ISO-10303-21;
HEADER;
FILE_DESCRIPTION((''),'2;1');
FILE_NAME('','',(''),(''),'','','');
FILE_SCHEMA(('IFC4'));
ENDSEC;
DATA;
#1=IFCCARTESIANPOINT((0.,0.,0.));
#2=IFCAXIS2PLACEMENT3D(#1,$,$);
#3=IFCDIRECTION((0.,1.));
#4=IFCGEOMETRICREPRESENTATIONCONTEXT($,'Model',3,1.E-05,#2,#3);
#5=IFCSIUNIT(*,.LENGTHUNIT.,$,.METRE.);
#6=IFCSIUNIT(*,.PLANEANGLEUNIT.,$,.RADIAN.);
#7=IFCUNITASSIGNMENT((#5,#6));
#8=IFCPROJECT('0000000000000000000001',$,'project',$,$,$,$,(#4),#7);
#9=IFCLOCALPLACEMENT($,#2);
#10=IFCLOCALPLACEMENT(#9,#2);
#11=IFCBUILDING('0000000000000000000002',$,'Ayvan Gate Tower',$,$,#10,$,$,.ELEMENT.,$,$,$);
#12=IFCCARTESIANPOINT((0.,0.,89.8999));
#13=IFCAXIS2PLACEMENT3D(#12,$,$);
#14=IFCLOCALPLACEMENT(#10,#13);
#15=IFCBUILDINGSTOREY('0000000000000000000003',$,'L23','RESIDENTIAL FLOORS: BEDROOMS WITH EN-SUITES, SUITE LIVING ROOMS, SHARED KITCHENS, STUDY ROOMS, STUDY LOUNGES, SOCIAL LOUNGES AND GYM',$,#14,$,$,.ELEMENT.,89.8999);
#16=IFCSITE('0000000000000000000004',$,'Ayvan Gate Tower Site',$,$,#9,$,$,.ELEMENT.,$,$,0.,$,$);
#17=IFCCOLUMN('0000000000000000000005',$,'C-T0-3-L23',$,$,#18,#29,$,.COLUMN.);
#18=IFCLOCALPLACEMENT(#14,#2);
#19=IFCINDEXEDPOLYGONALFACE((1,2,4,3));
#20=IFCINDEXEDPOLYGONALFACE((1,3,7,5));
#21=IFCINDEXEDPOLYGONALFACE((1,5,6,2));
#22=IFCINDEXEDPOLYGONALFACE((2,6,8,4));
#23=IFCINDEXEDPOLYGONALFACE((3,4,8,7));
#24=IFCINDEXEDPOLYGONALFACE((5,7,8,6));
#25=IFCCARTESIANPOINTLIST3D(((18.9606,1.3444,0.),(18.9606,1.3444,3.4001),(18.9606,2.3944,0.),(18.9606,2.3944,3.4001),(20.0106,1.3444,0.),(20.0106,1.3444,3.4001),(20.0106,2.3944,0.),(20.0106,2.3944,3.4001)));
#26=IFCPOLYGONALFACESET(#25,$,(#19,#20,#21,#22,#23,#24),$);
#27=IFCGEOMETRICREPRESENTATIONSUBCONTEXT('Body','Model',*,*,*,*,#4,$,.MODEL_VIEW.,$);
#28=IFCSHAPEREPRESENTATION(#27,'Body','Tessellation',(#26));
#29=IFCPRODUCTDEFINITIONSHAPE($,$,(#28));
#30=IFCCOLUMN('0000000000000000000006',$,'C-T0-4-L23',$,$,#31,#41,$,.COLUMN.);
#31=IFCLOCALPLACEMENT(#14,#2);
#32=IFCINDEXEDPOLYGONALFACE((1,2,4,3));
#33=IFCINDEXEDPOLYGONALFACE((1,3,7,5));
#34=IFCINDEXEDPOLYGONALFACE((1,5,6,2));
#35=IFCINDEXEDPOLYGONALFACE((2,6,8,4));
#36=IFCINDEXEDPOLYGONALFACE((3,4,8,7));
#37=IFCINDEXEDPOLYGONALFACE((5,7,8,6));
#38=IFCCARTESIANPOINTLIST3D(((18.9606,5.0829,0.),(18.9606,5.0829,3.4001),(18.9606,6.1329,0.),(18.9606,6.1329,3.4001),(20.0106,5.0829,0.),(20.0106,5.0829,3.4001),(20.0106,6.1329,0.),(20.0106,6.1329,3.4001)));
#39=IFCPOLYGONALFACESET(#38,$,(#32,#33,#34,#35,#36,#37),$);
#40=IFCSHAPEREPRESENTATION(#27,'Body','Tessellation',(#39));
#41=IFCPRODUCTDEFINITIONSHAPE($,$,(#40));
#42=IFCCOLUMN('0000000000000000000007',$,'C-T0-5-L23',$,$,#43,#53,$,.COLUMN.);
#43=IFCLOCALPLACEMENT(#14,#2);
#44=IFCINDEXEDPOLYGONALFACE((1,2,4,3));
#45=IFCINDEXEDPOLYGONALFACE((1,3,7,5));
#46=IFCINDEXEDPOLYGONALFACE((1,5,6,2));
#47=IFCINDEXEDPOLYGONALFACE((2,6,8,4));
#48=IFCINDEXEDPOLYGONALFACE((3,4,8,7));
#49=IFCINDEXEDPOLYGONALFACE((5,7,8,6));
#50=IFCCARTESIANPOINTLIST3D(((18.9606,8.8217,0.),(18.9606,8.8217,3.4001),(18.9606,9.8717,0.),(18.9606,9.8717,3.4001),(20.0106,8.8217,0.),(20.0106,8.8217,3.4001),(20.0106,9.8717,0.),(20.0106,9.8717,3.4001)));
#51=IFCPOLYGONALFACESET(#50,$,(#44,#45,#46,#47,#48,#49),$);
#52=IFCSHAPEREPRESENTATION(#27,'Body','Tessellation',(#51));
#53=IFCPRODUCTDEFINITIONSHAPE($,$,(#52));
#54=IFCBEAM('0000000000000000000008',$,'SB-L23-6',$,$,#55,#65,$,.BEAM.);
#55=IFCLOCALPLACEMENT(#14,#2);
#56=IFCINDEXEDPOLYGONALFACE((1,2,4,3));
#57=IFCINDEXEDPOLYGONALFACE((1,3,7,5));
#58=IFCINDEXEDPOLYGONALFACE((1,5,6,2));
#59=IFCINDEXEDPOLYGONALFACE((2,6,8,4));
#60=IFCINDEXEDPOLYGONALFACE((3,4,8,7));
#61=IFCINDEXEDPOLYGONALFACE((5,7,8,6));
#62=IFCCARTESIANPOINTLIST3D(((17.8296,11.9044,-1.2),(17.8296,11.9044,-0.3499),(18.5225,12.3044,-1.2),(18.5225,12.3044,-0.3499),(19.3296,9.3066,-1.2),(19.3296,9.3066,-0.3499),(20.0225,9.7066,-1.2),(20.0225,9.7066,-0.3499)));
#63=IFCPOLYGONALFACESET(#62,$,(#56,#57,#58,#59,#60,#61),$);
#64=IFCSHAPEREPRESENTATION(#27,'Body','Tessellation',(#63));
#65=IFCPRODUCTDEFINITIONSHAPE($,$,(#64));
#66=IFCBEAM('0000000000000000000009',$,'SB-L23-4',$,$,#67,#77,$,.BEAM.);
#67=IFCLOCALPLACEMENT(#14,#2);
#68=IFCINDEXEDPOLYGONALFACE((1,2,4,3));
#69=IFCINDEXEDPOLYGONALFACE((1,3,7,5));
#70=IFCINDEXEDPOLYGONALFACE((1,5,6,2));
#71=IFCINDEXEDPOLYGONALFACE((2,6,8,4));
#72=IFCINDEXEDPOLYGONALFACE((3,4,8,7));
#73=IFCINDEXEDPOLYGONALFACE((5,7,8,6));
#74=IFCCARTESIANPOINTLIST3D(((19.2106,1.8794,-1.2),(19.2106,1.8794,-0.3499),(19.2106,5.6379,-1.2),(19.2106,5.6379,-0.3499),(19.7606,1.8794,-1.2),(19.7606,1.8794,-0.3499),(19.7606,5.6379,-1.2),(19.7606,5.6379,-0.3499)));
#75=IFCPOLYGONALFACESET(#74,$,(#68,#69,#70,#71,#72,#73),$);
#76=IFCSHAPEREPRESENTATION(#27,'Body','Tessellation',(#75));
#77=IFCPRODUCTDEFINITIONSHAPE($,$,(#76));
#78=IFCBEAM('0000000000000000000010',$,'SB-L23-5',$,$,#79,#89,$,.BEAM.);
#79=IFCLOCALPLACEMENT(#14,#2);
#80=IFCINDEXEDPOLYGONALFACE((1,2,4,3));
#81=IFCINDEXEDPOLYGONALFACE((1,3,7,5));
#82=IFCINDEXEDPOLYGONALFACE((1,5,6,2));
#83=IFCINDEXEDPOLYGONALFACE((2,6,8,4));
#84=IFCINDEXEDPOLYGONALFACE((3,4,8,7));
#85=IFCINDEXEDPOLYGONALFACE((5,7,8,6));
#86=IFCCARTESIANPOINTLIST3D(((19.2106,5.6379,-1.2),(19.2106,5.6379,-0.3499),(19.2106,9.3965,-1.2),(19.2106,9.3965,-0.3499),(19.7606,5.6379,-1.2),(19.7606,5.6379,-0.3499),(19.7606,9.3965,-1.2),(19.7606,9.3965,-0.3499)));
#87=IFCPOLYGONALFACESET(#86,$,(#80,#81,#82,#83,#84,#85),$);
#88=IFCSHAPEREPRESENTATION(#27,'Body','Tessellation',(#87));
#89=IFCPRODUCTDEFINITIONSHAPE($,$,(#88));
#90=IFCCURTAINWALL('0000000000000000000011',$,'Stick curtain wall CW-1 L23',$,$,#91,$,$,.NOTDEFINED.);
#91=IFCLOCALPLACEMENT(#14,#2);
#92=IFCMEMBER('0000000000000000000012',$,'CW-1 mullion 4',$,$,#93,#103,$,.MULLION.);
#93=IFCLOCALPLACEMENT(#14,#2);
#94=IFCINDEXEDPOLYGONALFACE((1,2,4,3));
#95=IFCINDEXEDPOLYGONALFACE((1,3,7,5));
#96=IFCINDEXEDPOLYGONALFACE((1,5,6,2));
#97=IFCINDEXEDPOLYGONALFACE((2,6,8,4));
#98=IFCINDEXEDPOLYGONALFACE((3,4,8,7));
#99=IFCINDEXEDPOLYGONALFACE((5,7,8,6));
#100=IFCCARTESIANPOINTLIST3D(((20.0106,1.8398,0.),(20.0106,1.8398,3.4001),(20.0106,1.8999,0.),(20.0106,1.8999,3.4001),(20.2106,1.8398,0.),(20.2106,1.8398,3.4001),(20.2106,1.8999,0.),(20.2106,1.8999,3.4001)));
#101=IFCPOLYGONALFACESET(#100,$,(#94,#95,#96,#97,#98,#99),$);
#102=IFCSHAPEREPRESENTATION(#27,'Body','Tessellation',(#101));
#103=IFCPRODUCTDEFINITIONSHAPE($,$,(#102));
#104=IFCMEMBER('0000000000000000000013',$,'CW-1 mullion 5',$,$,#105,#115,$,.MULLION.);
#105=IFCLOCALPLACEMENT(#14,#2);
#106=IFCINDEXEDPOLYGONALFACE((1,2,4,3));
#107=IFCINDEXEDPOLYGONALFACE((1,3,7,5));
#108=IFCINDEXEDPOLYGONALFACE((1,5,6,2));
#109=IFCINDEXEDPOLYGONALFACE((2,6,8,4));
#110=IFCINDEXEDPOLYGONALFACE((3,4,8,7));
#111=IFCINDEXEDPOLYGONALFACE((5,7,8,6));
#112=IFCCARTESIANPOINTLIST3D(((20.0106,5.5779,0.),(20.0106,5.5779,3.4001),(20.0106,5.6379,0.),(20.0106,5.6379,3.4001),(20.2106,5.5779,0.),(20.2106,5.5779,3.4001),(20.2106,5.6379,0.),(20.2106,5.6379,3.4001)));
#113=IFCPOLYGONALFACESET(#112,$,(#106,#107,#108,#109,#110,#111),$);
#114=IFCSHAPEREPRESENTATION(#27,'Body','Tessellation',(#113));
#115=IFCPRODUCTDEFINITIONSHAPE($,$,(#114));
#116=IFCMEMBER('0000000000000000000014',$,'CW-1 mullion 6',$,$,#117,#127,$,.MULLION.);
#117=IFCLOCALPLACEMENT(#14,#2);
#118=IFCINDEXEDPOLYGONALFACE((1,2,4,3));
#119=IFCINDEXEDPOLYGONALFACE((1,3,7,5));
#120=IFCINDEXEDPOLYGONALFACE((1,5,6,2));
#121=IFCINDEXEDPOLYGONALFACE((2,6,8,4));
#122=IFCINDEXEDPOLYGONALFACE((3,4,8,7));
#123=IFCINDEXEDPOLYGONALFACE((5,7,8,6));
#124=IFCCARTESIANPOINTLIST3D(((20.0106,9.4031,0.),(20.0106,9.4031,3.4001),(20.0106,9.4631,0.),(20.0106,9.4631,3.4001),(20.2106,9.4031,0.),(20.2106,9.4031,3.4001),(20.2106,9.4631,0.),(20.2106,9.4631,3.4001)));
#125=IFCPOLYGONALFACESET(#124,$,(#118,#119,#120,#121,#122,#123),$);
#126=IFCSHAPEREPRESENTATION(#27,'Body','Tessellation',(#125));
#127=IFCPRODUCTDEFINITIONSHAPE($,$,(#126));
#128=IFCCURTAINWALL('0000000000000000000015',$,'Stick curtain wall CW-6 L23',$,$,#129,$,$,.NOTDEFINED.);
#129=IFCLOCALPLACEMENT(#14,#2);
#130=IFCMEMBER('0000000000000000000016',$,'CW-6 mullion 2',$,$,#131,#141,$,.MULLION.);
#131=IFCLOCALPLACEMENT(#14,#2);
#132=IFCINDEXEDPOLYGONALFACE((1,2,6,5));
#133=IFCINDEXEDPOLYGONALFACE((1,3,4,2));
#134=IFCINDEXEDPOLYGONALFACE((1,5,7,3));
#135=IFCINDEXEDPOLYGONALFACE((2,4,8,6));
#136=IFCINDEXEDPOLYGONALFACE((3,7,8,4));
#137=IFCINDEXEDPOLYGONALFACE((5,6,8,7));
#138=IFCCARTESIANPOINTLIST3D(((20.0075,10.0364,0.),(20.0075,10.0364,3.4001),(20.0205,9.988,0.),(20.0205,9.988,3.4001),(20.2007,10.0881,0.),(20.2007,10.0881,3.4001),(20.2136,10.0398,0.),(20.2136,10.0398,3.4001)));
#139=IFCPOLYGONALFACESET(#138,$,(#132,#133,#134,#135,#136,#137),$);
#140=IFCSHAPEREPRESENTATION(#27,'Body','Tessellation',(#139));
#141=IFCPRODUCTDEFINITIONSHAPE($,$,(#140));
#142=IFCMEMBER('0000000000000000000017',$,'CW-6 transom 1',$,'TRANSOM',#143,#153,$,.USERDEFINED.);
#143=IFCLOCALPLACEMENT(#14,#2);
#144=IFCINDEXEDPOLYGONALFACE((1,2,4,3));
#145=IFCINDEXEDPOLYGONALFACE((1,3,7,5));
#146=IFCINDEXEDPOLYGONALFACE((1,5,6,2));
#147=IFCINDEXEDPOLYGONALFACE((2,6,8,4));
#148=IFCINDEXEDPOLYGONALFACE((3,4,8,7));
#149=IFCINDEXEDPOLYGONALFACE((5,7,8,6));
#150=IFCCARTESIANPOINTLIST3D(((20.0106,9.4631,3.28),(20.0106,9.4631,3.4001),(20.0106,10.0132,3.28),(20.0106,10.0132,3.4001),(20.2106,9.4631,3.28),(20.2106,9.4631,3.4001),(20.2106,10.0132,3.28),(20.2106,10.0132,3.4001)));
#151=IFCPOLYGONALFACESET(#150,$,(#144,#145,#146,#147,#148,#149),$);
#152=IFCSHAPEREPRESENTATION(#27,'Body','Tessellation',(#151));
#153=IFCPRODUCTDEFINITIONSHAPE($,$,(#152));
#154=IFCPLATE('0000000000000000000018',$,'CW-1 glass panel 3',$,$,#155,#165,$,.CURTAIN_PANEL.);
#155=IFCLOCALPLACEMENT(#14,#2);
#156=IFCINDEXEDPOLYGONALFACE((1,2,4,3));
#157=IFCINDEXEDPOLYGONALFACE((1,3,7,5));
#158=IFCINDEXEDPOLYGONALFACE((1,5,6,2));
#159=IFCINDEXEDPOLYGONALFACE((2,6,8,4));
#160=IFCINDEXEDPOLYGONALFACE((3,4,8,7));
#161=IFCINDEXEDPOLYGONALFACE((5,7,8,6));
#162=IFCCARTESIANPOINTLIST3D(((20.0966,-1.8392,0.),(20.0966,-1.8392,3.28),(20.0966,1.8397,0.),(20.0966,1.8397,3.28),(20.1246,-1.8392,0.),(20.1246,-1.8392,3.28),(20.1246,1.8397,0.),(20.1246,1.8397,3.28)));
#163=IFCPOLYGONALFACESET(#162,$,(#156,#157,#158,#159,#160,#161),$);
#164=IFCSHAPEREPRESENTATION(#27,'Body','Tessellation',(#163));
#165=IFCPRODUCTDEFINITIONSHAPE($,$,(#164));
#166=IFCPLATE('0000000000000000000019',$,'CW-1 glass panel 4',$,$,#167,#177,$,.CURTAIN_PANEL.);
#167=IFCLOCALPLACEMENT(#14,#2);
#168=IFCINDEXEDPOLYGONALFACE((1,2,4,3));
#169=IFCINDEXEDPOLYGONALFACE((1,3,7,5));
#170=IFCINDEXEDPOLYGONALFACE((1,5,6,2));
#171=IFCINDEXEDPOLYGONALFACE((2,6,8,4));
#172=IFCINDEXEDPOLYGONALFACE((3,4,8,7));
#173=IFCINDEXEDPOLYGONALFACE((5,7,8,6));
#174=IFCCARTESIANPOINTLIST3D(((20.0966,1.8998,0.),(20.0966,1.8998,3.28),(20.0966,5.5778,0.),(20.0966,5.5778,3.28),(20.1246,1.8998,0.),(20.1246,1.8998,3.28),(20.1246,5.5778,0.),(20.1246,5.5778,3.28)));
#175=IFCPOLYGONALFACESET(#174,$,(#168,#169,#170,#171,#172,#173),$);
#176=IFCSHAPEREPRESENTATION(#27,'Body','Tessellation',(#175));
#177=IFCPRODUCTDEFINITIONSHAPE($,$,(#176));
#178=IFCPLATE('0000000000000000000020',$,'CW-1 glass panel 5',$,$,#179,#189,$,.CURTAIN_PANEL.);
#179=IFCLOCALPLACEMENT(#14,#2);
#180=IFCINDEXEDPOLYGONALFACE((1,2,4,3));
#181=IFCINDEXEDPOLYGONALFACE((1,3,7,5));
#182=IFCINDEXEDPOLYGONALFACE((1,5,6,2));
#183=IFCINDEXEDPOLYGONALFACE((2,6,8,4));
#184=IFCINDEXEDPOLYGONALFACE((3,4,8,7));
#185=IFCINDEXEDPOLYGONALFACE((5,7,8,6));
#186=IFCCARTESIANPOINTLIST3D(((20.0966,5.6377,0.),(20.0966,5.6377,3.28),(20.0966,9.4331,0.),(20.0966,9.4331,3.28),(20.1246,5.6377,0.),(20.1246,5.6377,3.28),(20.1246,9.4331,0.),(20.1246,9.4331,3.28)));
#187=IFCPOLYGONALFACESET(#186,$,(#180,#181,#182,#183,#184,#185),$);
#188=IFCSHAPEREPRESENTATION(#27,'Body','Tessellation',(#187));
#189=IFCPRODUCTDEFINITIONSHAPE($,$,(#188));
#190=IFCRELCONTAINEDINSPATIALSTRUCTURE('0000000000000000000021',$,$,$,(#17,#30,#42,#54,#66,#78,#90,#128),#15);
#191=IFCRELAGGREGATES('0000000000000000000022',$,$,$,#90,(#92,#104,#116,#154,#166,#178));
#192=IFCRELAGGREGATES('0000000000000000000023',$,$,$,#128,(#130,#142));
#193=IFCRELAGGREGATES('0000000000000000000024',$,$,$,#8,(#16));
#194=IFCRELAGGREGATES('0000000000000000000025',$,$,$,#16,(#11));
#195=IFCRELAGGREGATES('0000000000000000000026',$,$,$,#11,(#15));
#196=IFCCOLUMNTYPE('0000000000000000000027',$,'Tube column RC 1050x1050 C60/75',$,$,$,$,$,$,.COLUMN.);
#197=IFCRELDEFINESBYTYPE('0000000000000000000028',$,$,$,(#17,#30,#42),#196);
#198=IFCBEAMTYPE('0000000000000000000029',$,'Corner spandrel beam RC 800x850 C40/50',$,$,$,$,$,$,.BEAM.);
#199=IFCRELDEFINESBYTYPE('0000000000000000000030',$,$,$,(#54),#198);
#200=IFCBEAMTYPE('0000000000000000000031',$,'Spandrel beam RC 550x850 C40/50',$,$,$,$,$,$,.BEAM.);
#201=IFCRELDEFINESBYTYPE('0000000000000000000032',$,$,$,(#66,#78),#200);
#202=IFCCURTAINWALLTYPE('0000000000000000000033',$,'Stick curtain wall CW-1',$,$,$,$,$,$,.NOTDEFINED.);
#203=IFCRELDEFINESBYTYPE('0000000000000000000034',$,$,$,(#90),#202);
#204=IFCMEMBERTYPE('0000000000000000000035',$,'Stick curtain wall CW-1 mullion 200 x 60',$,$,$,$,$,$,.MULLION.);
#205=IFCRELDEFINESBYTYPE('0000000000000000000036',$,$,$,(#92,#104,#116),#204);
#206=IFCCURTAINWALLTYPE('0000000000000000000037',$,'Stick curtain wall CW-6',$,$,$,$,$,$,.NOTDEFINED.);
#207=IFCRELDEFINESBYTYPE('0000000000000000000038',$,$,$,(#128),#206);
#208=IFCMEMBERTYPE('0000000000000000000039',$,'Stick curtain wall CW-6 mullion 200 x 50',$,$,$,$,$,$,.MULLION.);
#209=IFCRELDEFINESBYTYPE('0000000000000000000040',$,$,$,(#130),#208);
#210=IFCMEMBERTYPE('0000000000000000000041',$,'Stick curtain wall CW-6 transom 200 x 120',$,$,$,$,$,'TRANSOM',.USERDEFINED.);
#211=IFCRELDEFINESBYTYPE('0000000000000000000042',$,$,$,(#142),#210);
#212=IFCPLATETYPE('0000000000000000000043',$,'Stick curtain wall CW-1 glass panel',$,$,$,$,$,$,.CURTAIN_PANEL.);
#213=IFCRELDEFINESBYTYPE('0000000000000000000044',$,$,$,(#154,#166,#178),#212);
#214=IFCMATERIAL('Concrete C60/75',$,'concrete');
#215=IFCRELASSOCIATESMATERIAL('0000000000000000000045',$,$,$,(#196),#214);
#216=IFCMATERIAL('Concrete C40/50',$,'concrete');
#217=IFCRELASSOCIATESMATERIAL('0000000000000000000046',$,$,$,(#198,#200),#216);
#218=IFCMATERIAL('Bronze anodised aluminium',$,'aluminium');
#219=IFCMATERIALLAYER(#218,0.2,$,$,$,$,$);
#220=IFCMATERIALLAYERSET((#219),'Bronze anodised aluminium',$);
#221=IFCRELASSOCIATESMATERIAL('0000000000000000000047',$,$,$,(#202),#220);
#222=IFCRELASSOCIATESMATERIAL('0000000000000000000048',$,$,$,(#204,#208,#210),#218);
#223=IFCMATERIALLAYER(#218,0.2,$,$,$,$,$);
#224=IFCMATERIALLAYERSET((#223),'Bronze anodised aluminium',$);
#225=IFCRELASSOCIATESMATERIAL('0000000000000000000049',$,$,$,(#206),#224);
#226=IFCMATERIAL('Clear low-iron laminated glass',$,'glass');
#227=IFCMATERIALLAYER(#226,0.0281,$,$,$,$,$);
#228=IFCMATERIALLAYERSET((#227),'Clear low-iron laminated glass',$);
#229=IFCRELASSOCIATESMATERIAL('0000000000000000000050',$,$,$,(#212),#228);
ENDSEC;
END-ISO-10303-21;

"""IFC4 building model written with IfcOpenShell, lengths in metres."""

from ifc_helpers import new_model, si_unit, direction, frame, origin, origin_2d, place, context, subcontext, project, spatial, rectangle, extrude, material, layer, layer_set, material_profile, profile_set, type_object, element, aggregate, save


model = new_model("IFC4")

# Units and contexts
model_context = context("Model", 3, precision=1e-05, world=origin(), true_north=direction((0.0, 1.0)))
body_context = subcontext(model_context, "Body", "Model", "MODEL_VIEW")
ifc_project = project(units=[si_unit("LENGTHUNIT", "METRE"), si_unit("PLANEANGLEUNIT", "RADIAN")], contexts=[model_context])

# Site, building, storey
site_placement = place(None, origin())
site = spatial("IfcSite", under=ifc_project, at=site_placement, Name="Ayvan Gate Tower Site", CompositionType="ELEMENT", RefElevation=0.0)
building_placement = place(site_placement, origin())
building = spatial("IfcBuilding", under=site, at=building_placement, Name="Ayvan Gate Tower", CompositionType="ELEMENT")
storey_placement = place(building_placement, frame((0.0, 0.0, 89.8999)))
storey = spatial("IfcBuildingStorey", under=building, at=storey_placement, Name="L23", Description="RESIDENTIAL FLOORS: BEDROOMS WITH EN-SUITES, SUITE LIVING ROOMS, SHARED KITCHENS, STUDY ROOMS, STUDY LOUNGES, SOCIAL LOUNGES AND GYM", CompositionType="ELEMENT", Elevation=89.8999)

# Columns
ifc_material_1 = material(Name="Concrete C60/75", Category="concrete")
ifc_material_profile_1 = material_profile(ifc_material_1, rectangle(XDim=1.05, YDim=1.05, at=origin_2d()), Name="RC 1050x1050")
ifc_profile_set_1 = profile_set([ifc_material_profile_1], Name="Concrete C60/75")
column_type = type_object("IfcColumnType", Name="Tube column RC 1050x1050 C60/75", PredefinedType="COLUMN", material=ifc_profile_set_1)
for number, where, z_axis, x_axis, name in (
    (1, (19.4856, 1.8694, 0.0), (0.0, 0.0, 1.0), (1.0, 0.0, 0.0), "C-T0-3-L23"),
    (2, (19.4856, 5.6079, 0.0), (0.0, 0.0, 1.0), (1.0, 0.0, 0.0), "C-T0-4-L23"),
    (3, (19.4856, 9.3467, 0.0), (0.0, 0.0, 1.0), (1.0, 0.0, 0.0), "C-T0-5-L23"),
):
    element("IfcColumn", number, at=place(storey_placement, frame(where, z_axis=z_axis, x_axis=x_axis)), inside=storey, type_object=column_type, Name=name, PredefinedType="COLUMN", context=body_context, shape_type="SweptSolid", body=[
        extrude(rectangle(XDim=1.05, YDim=1.05, at=origin_2d()), origin(), (0.0, 0.0, 1.0), 3.4001),
    ])

# Beams
ifc_material_2 = material(Name="Concrete C40/50", Category="concrete")
ifc_material_profile_2 = material_profile(ifc_material_2, rectangle(XDim=0.8, YDim=0.8501, at=origin_2d()), Name="RC 800x850")
ifc_profile_set_2 = profile_set([ifc_material_profile_2], Name="Concrete C40/50")
beam_type_1 = type_object("IfcBeamType", Name="Corner spandrel beam RC 800x850 C40/50", PredefinedType="BEAM", material=ifc_profile_set_2)
beam_placement = place(storey_placement, frame((19.676, 9.5066, -0.7749), z_axis=(-0.500025, 0.866011, 0.0), x_axis=(-0.866011, -0.500025, 0.0)))
element("IfcBeam", 4, at=beam_placement, inside=storey, type_object=beam_type_1, Name="SB-L23-6", PredefinedType="BEAM", context=body_context, shape_type="SweptSolid", body=[
    extrude(rectangle(XDim=0.8, YDim=0.8501, at=origin_2d()), origin(), (0.0, 0.0, 1.0), 2.9998),
])
ifc_material_profile_3 = material_profile(ifc_material_2, rectangle(XDim=0.55, YDim=0.8501, at=origin_2d()), Name="RC 550x850")
ifc_profile_set_3 = profile_set([ifc_material_profile_3], Name="Concrete C40/50")
beam_type_2 = type_object("IfcBeamType", Name="Spandrel beam RC 550x850 C40/50", PredefinedType="BEAM", material=ifc_profile_set_3)
for number, where, z_axis, x_axis, name in (
    (5, (19.4856, 1.8794, -0.7749), (0.0, 1.0, 0.0), (-1.0, 0.0, 0.0), "SB-L23-4"),
    (6, (19.4856, 5.6379, -0.7749), (0.0, 1.0, 0.0), (-1.0, 0.0, 0.0), "SB-L23-5"),
):
    element("IfcBeam", number, at=place(storey_placement, frame(where, z_axis=z_axis, x_axis=x_axis)), inside=storey, type_object=beam_type_2, Name=name, PredefinedType="BEAM", context=body_context, shape_type="SweptSolid", body=[
        extrude(rectangle(XDim=0.55, YDim=0.8501, at=origin_2d()), origin(), (0.0, 0.0, 1.0), 3.7585),
    ])

# Curtain walls, members
ifc_material_3 = material(Name="Bronze anodised aluminium", Category="aluminium")
ifc_layer_1 = layer(ifc_material_3, 0.2)
ifc_layer_set_1 = layer_set([ifc_layer_1], Name="Bronze anodised aluminium")
curtain_wall_type_1 = type_object("IfcCurtainWallType", Name="Stick curtain wall CW-1", PredefinedType="NOTDEFINED", material=ifc_layer_set_1)
curtain_wall_1_placement = place(storey_placement, origin())
curtain_wall_1 = element("IfcCurtainWall", 7, at=curtain_wall_1_placement, inside=storey, type_object=curtain_wall_type_1, Name="Stick curtain wall CW-1 L23", PredefinedType="NOTDEFINED")
ifc_material_profile_4 = material_profile(ifc_material_3, rectangle(XDim=0.2, YDim=0.0601, at=origin_2d()), Name="Stick curtain wall CW-1 mullion 200 x 60")
ifc_profile_set_4 = profile_set([ifc_material_profile_4], Name="Bronze anodised aluminium")
member_type_1 = type_object("IfcMemberType", Name="Stick curtain wall CW-1 mullion 200 x 60", PredefinedType="MULLION", material=ifc_profile_set_4)
member_1_placement = place(storey_placement, frame((20.1106, 1.8699, 0.0), z_axis=(0.0, 0.0, 1.0), x_axis=(1.0, 0.0, 0.0)))
member_1 = element("IfcMember", 8, at=member_1_placement, type_object=member_type_1, Name="CW-1 mullion 4", PredefinedType="MULLION", context=body_context, shape_type="SweptSolid", body=[
    extrude(rectangle(XDim=0.2, YDim=0.0601, at=origin_2d()), origin(), (0.0, 0.0, 1.0), 3.4001),
])
member_2_placement = place(storey_placement, frame((20.1106, 5.6079, 0.0), z_axis=(0.0, 0.0, 1.0), x_axis=(1.0, 0.0, 0.0)))
member_2 = element("IfcMember", 9, at=member_2_placement, type_object=member_type_1, Name="CW-1 mullion 5", PredefinedType="MULLION", context=body_context, shape_type="SweptSolid", body=[
    extrude(rectangle(XDim=0.2, YDim=0.0601, at=origin_2d()), origin(), (0.0, 0.0, 1.0), 3.4001),
])
member_3_placement = place(storey_placement, frame((20.1106, 9.4331, 0.0), z_axis=(0.0, 0.0, 1.0), x_axis=(1.0, 0.0, 0.0)))
member_3 = element("IfcMember", 10, at=member_3_placement, type_object=member_type_1, Name="CW-1 mullion 6", PredefinedType="MULLION", context=body_context, shape_type="SweptSolid", body=[
    extrude(rectangle(XDim=0.2, YDim=0.0601, at=origin_2d()), origin(), (0.0, 0.0, 1.0), 3.4001),
])
ifc_layer_2 = layer(ifc_material_3, 0.2)
ifc_layer_set_2 = layer_set([ifc_layer_2], Name="Bronze anodised aluminium")
curtain_wall_type_2 = type_object("IfcCurtainWallType", Name="Stick curtain wall CW-6", PredefinedType="NOTDEFINED", material=ifc_layer_set_2)
curtain_wall_2_placement = place(storey_placement, origin())
curtain_wall_2 = element("IfcCurtainWall", 11, at=curtain_wall_2_placement, inside=storey, type_object=curtain_wall_type_2, Name="Stick curtain wall CW-6 L23", PredefinedType="NOTDEFINED")
ifc_material_profile_5 = material_profile(ifc_material_3, rectangle(XDim=0.2, YDim=0.05, at=origin_2d()), Name="Stick curtain wall CW-6 mullion 200 x 50")
ifc_profile_set_5 = profile_set([ifc_material_profile_5], Name="Bronze anodised aluminium")
member_type_2 = type_object("IfcMemberType", Name="Stick curtain wall CW-6 mullion 200 x 50", PredefinedType="MULLION", material=ifc_profile_set_5)
member_4_placement = place(storey_placement, frame((20.1106, 10.0381, 0.0), z_axis=(0.0, 0.0, 1.0), x_axis=(0.965926, 0.258819, 0.0)))
member_4 = element("IfcMember", 12, at=member_4_placement, type_object=member_type_2, Name="CW-6 mullion 2", PredefinedType="MULLION", context=body_context, shape_type="SweptSolid", body=[
    extrude(rectangle(XDim=0.2, YDim=0.05, at=origin_2d()), origin(), (0.0, 0.0, 1.0), 3.4001),
])
ifc_material_profile_6 = material_profile(ifc_material_3, rectangle(XDim=0.2, YDim=0.1201, at=origin_2d()), Name="Stick curtain wall CW-6 transom 200 x 120")
ifc_profile_set_6 = profile_set([ifc_material_profile_6], Name="Bronze anodised aluminium")
member_type_3 = type_object("IfcMemberType", Name="Stick curtain wall CW-6 transom 200 x 120", ElementType="TRANSOM", PredefinedType="USERDEFINED", material=ifc_profile_set_6)
member_5_placement = place(storey_placement, frame((20.1106, 9.4631, 3.3401), z_axis=(0.0, 1.0, 0.0), x_axis=(-1.0, 0.0, 0.0)))
member_5 = element("IfcMember", 13, at=member_5_placement, type_object=member_type_3, Name="CW-6 transom 1", ObjectType="TRANSOM", PredefinedType="USERDEFINED", context=body_context, shape_type="SweptSolid", body=[
    extrude(rectangle(XDim=0.2, YDim=0.1201, at=origin_2d()), origin(), (0.0, 0.0, 1.0), 0.55),
])

# Plates
ifc_material_4 = material(Name="Clear low-iron laminated glass", Category="glass")
ifc_layer_3 = layer(ifc_material_4, 0.0281)
ifc_layer_set_3 = layer_set([ifc_layer_3], Name="Clear low-iron laminated glass")
plate_type_1 = type_object("IfcPlateType", Name="Stick curtain wall CW-1 glass panel", PredefinedType="CURTAIN_PANEL", material=ifc_layer_set_3)
plate_1_placement = place(storey_placement, frame((20.1106, 0.0002, 0.0), z_axis=(0.0, 0.0, 1.0), x_axis=(0.0, 1.0, 0.0)))
plate_1 = element("IfcPlate", 14, at=plate_1_placement, type_object=plate_type_1, Name="CW-1 glass panel 3", PredefinedType="CURTAIN_PANEL", context=body_context, shape_type="SweptSolid", body=[
    extrude(rectangle(XDim=3.679, YDim=0.0281, at=origin_2d()), origin(), (0.0, 0.0, 1.0), 3.28),
])
plate_2_placement = place(storey_placement, frame((20.1106, 3.7388, 0.0), z_axis=(0.0, 0.0, 1.0), x_axis=(0.0, 1.0, 0.0)))
plate_2 = element("IfcPlate", 15, at=plate_2_placement, type_object=plate_type_1, Name="CW-1 glass panel 4", PredefinedType="CURTAIN_PANEL", context=body_context, shape_type="SweptSolid", body=[
    extrude(rectangle(XDim=3.678, YDim=0.0281, at=origin_2d()), origin(), (0.0, 0.0, 1.0), 3.28),
])
plate_3_placement = place(storey_placement, frame((20.1106, 7.5354, 0.0), z_axis=(0.0, 0.0, 1.0), x_axis=(0.0, 1.0, 0.0)))
plate_3 = element("IfcPlate", 16, at=plate_3_placement, type_object=plate_type_1, Name="CW-1 glass panel 5", PredefinedType="CURTAIN_PANEL", context=body_context, shape_type="SweptSolid", body=[
    extrude(rectangle(XDim=3.7954, YDim=0.0281, at=origin_2d()), origin(), (0.0, 0.0, 1.0), 3.28),
])
aggregate(curtain_wall_1, [member_1, member_2, member_3, plate_1, plate_2, plate_3])
aggregate(curtain_wall_2, [member_4, member_5])

save(model, "model.ifc")
